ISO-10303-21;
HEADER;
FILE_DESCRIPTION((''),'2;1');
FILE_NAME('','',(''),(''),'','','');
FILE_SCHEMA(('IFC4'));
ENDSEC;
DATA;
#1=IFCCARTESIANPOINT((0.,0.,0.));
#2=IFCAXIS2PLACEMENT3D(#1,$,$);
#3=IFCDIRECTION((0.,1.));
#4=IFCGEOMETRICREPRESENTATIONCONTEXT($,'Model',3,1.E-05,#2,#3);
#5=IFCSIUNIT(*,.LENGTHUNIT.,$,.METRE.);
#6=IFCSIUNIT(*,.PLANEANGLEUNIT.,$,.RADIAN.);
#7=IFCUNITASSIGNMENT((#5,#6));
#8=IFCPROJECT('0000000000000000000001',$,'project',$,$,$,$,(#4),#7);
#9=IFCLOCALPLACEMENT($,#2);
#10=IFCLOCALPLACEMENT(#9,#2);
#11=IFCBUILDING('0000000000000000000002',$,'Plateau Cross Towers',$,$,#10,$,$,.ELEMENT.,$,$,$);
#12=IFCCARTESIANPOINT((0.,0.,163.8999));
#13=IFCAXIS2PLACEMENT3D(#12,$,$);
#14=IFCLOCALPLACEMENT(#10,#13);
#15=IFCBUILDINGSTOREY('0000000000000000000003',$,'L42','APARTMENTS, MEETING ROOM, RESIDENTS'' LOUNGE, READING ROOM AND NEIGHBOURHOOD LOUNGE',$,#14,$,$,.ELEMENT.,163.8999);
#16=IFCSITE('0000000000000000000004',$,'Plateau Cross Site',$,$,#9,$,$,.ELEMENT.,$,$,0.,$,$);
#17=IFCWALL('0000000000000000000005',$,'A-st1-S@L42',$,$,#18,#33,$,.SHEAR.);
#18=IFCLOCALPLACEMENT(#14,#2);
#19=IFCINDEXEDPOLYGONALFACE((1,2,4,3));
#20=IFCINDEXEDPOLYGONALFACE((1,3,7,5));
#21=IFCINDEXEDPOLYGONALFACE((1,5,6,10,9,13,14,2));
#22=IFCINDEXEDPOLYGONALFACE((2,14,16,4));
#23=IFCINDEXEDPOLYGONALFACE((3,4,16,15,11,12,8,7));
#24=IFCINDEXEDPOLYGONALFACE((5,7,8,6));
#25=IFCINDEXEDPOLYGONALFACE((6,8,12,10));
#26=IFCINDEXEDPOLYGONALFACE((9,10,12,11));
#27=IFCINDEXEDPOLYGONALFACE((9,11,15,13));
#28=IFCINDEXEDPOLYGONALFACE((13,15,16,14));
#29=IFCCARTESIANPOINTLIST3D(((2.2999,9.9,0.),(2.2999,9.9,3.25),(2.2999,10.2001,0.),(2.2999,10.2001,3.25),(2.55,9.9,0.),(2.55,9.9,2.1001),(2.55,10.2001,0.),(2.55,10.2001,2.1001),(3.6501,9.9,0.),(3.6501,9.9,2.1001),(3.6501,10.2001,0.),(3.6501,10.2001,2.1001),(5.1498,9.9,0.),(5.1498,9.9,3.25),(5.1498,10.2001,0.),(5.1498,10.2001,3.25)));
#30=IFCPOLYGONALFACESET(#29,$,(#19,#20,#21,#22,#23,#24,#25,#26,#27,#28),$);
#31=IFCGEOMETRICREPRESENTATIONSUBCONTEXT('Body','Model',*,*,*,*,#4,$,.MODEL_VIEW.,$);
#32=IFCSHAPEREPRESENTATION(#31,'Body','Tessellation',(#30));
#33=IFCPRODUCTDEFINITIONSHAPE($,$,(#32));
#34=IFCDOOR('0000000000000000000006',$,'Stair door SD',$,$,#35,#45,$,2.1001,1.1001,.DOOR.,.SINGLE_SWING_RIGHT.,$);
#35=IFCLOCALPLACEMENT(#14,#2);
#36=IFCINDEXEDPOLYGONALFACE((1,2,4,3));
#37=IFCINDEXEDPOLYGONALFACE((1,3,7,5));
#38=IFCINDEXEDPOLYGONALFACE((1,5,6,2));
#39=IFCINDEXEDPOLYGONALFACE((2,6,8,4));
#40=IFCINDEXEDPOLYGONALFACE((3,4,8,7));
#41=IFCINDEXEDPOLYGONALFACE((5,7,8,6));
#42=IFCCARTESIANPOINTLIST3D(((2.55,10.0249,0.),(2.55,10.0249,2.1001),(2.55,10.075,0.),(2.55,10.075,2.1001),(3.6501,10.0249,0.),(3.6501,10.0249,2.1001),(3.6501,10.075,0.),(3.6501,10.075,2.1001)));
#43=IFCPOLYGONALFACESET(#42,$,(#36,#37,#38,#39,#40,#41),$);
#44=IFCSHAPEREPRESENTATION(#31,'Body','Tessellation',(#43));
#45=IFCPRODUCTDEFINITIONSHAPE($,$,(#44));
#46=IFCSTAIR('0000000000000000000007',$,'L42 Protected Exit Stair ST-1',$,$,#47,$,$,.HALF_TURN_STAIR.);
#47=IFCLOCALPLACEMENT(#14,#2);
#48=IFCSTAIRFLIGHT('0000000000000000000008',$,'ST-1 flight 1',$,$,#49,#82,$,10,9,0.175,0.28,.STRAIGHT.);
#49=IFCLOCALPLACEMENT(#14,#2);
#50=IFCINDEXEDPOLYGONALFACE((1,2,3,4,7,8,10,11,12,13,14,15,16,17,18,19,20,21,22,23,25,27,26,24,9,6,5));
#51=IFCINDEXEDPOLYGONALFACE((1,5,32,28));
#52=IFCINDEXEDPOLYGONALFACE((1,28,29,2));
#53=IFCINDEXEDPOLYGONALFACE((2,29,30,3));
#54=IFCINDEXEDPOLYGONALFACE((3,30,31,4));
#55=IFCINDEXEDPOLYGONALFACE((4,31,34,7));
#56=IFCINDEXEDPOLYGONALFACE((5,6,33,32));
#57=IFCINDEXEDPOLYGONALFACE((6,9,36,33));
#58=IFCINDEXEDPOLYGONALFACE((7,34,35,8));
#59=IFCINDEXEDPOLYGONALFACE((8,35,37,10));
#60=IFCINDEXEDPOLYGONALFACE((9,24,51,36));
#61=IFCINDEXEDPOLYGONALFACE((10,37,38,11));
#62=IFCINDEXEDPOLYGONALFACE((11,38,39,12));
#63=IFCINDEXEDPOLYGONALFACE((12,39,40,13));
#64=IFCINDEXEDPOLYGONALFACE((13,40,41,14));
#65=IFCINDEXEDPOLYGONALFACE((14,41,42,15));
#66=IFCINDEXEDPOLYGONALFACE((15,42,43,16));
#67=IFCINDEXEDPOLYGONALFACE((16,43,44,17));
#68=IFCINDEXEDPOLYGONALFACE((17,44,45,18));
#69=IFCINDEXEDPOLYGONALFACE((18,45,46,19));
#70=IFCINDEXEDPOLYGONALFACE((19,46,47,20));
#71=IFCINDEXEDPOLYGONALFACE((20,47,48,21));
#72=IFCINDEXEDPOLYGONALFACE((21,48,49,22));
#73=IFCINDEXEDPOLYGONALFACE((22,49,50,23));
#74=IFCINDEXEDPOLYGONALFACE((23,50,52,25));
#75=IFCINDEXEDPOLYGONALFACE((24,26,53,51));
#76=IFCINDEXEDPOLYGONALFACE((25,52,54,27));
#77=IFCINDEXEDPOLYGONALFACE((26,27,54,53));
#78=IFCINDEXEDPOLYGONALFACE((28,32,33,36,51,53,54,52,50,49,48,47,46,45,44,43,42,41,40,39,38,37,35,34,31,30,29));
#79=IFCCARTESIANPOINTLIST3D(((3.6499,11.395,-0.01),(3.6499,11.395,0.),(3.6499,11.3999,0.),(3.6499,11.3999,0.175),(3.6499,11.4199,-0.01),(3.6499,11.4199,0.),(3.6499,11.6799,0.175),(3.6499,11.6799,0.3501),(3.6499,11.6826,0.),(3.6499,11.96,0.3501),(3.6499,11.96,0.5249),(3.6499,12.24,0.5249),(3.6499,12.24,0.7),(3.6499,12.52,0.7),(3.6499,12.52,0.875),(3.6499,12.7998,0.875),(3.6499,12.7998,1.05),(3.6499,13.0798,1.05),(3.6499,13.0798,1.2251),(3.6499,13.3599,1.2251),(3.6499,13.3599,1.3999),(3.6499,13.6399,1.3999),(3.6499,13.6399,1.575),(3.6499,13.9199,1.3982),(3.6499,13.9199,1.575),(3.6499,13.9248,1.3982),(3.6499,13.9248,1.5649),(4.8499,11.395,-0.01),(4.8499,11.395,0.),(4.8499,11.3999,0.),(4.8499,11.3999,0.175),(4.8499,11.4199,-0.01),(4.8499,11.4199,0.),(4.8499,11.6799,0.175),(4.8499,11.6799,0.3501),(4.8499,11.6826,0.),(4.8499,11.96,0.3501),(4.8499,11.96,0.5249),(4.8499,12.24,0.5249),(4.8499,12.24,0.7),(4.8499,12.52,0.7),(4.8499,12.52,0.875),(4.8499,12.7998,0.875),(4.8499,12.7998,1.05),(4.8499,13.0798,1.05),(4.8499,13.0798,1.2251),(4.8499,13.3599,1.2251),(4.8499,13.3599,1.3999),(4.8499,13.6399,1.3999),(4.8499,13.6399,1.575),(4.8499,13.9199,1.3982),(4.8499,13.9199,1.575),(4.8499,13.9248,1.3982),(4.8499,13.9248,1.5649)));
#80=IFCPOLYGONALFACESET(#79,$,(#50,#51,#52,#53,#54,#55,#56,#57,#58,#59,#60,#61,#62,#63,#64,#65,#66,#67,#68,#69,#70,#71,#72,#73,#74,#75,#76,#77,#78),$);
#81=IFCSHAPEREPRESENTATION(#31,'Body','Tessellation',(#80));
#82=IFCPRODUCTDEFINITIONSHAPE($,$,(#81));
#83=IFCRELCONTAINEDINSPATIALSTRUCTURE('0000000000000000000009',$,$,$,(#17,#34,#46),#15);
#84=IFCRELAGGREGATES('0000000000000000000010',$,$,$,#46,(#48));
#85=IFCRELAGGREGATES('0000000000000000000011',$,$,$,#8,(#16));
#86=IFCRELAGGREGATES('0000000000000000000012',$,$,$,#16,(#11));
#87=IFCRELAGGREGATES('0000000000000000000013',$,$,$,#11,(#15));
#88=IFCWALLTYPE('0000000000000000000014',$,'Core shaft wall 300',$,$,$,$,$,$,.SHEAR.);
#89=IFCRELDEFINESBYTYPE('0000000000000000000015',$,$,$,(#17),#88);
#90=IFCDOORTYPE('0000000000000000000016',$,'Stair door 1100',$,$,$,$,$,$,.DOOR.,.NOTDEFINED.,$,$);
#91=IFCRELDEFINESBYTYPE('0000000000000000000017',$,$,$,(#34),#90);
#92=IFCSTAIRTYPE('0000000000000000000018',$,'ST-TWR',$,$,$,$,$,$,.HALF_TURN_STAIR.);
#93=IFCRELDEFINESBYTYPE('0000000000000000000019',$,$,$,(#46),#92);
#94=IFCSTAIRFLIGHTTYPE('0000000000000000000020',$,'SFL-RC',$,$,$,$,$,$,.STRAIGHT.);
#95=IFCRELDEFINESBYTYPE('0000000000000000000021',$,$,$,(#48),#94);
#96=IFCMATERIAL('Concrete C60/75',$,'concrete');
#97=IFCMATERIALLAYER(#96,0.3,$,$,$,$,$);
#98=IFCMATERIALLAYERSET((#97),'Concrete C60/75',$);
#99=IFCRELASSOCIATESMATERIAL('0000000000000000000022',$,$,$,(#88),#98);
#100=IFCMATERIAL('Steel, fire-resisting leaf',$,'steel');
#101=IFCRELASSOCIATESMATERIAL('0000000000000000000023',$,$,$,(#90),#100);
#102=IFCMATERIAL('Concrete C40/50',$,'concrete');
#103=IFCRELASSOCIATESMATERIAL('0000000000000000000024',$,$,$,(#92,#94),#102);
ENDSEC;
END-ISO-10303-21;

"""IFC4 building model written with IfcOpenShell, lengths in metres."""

from ifc_helpers import new_model, si_unit, direction, frame, frame_2d, origin, place, context, subcontext, project, spatial, polyline, rectangle, outline, extrude, material, layer, layer_set, type_object, element, fill, aggregate, save


model = new_model("IFC4")

# Units and contexts
model_context = context("Model", 3, precision=1e-05, world=origin(), true_north=direction((0.0, 1.0)))
body_context = subcontext(model_context, "Body", "Model", "MODEL_VIEW")
ifc_project = project(units=[si_unit("LENGTHUNIT", "METRE"), si_unit("PLANEANGLEUNIT", "RADIAN")], contexts=[model_context])

# Site, building, storey
site_placement = place(None, origin())
site = spatial("IfcSite", under=ifc_project, at=site_placement, Name="Plateau Cross Site", CompositionType="ELEMENT", RefElevation=0.0)
building_placement = place(site_placement, origin())
building = spatial("IfcBuilding", under=site, at=building_placement, Name="Plateau Cross Towers", CompositionType="ELEMENT")
storey_placement = place(building_placement, frame((0.0, 0.0, 163.8999)))
storey = spatial("IfcBuildingStorey", under=building, at=storey_placement, Name="L42", Description="APARTMENTS, MEETING ROOM, RESIDENTS' LOUNGE, READING ROOM AND NEIGHBOURHOOD LOUNGE", CompositionType="ELEMENT", Elevation=163.8999)

# Shared definitions
ifc_material_1 = material(Name="Concrete C60/75", Category="concrete")
ifc_layer_1 = layer(ifc_material_1, 0.3)
ifc_layer_set_1 = layer_set([ifc_layer_1], Name="Concrete C60/75")
wall_type = type_object("IfcWallType", Name="Core shaft wall 300", PredefinedType="SHEAR", material=ifc_layer_set_1)
ifc_material_2 = material(Name="Steel, fire-resisting leaf", Category="steel")
door_type_1 = type_object("IfcDoorType", Name="Stair door 1100", OperationType="NOTDEFINED", PredefinedType="DOOR", material=ifc_material_2)

# Wall, opening, door
wall_1_placement = place(storey_placement, frame((2.3, 10.05, 0.0), z_axis=(0.0, 0.0, 1.0), x_axis=(1.0, 0.0, 0.0)))
wall_1 = element("IfcWall", 1, at=wall_1_placement, inside=storey, type_object=wall_type, Name="A-st1-S@L42", PredefinedType="SHEAR", context=body_context, shape_type="SweptSolid", body=[
    extrude(rectangle(XDim=2.8499, YDim=0.3, at=frame_2d((1.4248, 0.0))), origin(), (0.0, 0.0, 1.0), 3.25),
])
opening_1_placement = place(wall_1_placement, frame((0.25, 0.0, 0.0)))
opening_1 = element("IfcOpeningElement", 2, at=opening_1_placement, cuts=wall_1, PredefinedType="OPENING", context=body_context, shape_type="SweptSolid", body=[
    extrude(rectangle(XDim=1.1001, YDim=2.1001, at=frame_2d((0.55, 1.05))), frame((0.0, 0.1599, 0.0), z_axis=(0.0, -1.0, 0.0), x_axis=(1.0, 0.0, 0.0)), (0.0, 0.0, 1.0), 0.3201),
])
door_1_placement = place(opening_1_placement, origin())
door_1 = element("IfcDoor", 3, at=door_1_placement, inside=storey, type_object=door_type_1, Name="Stair door SD", OperationType="SINGLE_SWING_RIGHT", OverallHeight=2.1001, OverallWidth=1.1001, PredefinedType="DOOR", context=body_context, shape_type="SweptSolid", body=[
    extrude(rectangle(XDim=1.1001, YDim=2.1001, at=frame_2d((0.55, 1.05))), frame((0.0, 0.0249, 0.0), z_axis=(0.0, -1.0, 0.0), x_axis=(1.0, 0.0, 0.0)), (0.0, 0.0, 1.0), 0.05),
])
fill(opening_1, door_1)

# Stair, stair flight
ifc_material_3 = material(Name="Concrete C40/50", Category="concrete")
stair_type = type_object("IfcStairType", Name="ST-TWR", PredefinedType="HALF_TURN_STAIR", material=ifc_material_3)
stair_placement = place(storey_placement, origin())
stair = element("IfcStair", 4, at=stair_placement, inside=storey, type_object=stair_type, Name="L42 Protected Exit Stair ST-1", PredefinedType="HALF_TURN_STAIR")
stair_flight_type = type_object("IfcStairFlightType", Name="SFL-RC", PredefinedType="STRAIGHT", material=ifc_material_3)
stair_flight_placement = place(storey_placement, frame((4.25, 11.3999, 0.0), z_axis=(0.0, 0.0, 1.0), x_axis=(0.0, 1.0, 0.0)))
stair_flight = element("IfcStairFlight", 5, at=stair_flight_placement, type_object=stair_flight_type, Name="ST-1 flight 1", NumberOfRisers=10, NumberOfTreads=9, PredefinedType="STRAIGHT", RiserHeight=0.175, TreadLength=0.28, context=body_context, shape_type="SweptSolid", body=[
    extrude(outline(polyline([(-0.0049, -0.01), (-0.0049, 0.0), (0.0, 0.0), (0.0, 0.175), (0.28, 0.175), (0.28, 0.3501), (0.5601, 0.3501), (0.5601, 0.5249), (0.8401, 0.5249), (0.8401, 0.7), (1.1201, 0.7), (1.1201, 0.875), (1.3999, 0.875), (1.3999, 1.05), (1.6799, 1.05), (1.6799, 1.2251), (1.96, 1.2251), (1.96, 1.3999), (2.24, 1.3999), (2.24, 1.575), (2.52, 1.575), (2.5249, 1.5649), (2.5249, 1.3982), (2.52, 1.3982), (0.2827, 0.0), (0.02, 0.0), (0.02, -0.01), (-0.0049, -0.01)])), frame((0.0, 0.6001, 0.0), z_axis=(0.0, -1.0, 0.0), x_axis=(1.0, 0.0, 0.0)), (0.0, 0.0, 1.0), 1.2),
])
aggregate(stair, [stair_flight])

save(model, "model.ifc")
